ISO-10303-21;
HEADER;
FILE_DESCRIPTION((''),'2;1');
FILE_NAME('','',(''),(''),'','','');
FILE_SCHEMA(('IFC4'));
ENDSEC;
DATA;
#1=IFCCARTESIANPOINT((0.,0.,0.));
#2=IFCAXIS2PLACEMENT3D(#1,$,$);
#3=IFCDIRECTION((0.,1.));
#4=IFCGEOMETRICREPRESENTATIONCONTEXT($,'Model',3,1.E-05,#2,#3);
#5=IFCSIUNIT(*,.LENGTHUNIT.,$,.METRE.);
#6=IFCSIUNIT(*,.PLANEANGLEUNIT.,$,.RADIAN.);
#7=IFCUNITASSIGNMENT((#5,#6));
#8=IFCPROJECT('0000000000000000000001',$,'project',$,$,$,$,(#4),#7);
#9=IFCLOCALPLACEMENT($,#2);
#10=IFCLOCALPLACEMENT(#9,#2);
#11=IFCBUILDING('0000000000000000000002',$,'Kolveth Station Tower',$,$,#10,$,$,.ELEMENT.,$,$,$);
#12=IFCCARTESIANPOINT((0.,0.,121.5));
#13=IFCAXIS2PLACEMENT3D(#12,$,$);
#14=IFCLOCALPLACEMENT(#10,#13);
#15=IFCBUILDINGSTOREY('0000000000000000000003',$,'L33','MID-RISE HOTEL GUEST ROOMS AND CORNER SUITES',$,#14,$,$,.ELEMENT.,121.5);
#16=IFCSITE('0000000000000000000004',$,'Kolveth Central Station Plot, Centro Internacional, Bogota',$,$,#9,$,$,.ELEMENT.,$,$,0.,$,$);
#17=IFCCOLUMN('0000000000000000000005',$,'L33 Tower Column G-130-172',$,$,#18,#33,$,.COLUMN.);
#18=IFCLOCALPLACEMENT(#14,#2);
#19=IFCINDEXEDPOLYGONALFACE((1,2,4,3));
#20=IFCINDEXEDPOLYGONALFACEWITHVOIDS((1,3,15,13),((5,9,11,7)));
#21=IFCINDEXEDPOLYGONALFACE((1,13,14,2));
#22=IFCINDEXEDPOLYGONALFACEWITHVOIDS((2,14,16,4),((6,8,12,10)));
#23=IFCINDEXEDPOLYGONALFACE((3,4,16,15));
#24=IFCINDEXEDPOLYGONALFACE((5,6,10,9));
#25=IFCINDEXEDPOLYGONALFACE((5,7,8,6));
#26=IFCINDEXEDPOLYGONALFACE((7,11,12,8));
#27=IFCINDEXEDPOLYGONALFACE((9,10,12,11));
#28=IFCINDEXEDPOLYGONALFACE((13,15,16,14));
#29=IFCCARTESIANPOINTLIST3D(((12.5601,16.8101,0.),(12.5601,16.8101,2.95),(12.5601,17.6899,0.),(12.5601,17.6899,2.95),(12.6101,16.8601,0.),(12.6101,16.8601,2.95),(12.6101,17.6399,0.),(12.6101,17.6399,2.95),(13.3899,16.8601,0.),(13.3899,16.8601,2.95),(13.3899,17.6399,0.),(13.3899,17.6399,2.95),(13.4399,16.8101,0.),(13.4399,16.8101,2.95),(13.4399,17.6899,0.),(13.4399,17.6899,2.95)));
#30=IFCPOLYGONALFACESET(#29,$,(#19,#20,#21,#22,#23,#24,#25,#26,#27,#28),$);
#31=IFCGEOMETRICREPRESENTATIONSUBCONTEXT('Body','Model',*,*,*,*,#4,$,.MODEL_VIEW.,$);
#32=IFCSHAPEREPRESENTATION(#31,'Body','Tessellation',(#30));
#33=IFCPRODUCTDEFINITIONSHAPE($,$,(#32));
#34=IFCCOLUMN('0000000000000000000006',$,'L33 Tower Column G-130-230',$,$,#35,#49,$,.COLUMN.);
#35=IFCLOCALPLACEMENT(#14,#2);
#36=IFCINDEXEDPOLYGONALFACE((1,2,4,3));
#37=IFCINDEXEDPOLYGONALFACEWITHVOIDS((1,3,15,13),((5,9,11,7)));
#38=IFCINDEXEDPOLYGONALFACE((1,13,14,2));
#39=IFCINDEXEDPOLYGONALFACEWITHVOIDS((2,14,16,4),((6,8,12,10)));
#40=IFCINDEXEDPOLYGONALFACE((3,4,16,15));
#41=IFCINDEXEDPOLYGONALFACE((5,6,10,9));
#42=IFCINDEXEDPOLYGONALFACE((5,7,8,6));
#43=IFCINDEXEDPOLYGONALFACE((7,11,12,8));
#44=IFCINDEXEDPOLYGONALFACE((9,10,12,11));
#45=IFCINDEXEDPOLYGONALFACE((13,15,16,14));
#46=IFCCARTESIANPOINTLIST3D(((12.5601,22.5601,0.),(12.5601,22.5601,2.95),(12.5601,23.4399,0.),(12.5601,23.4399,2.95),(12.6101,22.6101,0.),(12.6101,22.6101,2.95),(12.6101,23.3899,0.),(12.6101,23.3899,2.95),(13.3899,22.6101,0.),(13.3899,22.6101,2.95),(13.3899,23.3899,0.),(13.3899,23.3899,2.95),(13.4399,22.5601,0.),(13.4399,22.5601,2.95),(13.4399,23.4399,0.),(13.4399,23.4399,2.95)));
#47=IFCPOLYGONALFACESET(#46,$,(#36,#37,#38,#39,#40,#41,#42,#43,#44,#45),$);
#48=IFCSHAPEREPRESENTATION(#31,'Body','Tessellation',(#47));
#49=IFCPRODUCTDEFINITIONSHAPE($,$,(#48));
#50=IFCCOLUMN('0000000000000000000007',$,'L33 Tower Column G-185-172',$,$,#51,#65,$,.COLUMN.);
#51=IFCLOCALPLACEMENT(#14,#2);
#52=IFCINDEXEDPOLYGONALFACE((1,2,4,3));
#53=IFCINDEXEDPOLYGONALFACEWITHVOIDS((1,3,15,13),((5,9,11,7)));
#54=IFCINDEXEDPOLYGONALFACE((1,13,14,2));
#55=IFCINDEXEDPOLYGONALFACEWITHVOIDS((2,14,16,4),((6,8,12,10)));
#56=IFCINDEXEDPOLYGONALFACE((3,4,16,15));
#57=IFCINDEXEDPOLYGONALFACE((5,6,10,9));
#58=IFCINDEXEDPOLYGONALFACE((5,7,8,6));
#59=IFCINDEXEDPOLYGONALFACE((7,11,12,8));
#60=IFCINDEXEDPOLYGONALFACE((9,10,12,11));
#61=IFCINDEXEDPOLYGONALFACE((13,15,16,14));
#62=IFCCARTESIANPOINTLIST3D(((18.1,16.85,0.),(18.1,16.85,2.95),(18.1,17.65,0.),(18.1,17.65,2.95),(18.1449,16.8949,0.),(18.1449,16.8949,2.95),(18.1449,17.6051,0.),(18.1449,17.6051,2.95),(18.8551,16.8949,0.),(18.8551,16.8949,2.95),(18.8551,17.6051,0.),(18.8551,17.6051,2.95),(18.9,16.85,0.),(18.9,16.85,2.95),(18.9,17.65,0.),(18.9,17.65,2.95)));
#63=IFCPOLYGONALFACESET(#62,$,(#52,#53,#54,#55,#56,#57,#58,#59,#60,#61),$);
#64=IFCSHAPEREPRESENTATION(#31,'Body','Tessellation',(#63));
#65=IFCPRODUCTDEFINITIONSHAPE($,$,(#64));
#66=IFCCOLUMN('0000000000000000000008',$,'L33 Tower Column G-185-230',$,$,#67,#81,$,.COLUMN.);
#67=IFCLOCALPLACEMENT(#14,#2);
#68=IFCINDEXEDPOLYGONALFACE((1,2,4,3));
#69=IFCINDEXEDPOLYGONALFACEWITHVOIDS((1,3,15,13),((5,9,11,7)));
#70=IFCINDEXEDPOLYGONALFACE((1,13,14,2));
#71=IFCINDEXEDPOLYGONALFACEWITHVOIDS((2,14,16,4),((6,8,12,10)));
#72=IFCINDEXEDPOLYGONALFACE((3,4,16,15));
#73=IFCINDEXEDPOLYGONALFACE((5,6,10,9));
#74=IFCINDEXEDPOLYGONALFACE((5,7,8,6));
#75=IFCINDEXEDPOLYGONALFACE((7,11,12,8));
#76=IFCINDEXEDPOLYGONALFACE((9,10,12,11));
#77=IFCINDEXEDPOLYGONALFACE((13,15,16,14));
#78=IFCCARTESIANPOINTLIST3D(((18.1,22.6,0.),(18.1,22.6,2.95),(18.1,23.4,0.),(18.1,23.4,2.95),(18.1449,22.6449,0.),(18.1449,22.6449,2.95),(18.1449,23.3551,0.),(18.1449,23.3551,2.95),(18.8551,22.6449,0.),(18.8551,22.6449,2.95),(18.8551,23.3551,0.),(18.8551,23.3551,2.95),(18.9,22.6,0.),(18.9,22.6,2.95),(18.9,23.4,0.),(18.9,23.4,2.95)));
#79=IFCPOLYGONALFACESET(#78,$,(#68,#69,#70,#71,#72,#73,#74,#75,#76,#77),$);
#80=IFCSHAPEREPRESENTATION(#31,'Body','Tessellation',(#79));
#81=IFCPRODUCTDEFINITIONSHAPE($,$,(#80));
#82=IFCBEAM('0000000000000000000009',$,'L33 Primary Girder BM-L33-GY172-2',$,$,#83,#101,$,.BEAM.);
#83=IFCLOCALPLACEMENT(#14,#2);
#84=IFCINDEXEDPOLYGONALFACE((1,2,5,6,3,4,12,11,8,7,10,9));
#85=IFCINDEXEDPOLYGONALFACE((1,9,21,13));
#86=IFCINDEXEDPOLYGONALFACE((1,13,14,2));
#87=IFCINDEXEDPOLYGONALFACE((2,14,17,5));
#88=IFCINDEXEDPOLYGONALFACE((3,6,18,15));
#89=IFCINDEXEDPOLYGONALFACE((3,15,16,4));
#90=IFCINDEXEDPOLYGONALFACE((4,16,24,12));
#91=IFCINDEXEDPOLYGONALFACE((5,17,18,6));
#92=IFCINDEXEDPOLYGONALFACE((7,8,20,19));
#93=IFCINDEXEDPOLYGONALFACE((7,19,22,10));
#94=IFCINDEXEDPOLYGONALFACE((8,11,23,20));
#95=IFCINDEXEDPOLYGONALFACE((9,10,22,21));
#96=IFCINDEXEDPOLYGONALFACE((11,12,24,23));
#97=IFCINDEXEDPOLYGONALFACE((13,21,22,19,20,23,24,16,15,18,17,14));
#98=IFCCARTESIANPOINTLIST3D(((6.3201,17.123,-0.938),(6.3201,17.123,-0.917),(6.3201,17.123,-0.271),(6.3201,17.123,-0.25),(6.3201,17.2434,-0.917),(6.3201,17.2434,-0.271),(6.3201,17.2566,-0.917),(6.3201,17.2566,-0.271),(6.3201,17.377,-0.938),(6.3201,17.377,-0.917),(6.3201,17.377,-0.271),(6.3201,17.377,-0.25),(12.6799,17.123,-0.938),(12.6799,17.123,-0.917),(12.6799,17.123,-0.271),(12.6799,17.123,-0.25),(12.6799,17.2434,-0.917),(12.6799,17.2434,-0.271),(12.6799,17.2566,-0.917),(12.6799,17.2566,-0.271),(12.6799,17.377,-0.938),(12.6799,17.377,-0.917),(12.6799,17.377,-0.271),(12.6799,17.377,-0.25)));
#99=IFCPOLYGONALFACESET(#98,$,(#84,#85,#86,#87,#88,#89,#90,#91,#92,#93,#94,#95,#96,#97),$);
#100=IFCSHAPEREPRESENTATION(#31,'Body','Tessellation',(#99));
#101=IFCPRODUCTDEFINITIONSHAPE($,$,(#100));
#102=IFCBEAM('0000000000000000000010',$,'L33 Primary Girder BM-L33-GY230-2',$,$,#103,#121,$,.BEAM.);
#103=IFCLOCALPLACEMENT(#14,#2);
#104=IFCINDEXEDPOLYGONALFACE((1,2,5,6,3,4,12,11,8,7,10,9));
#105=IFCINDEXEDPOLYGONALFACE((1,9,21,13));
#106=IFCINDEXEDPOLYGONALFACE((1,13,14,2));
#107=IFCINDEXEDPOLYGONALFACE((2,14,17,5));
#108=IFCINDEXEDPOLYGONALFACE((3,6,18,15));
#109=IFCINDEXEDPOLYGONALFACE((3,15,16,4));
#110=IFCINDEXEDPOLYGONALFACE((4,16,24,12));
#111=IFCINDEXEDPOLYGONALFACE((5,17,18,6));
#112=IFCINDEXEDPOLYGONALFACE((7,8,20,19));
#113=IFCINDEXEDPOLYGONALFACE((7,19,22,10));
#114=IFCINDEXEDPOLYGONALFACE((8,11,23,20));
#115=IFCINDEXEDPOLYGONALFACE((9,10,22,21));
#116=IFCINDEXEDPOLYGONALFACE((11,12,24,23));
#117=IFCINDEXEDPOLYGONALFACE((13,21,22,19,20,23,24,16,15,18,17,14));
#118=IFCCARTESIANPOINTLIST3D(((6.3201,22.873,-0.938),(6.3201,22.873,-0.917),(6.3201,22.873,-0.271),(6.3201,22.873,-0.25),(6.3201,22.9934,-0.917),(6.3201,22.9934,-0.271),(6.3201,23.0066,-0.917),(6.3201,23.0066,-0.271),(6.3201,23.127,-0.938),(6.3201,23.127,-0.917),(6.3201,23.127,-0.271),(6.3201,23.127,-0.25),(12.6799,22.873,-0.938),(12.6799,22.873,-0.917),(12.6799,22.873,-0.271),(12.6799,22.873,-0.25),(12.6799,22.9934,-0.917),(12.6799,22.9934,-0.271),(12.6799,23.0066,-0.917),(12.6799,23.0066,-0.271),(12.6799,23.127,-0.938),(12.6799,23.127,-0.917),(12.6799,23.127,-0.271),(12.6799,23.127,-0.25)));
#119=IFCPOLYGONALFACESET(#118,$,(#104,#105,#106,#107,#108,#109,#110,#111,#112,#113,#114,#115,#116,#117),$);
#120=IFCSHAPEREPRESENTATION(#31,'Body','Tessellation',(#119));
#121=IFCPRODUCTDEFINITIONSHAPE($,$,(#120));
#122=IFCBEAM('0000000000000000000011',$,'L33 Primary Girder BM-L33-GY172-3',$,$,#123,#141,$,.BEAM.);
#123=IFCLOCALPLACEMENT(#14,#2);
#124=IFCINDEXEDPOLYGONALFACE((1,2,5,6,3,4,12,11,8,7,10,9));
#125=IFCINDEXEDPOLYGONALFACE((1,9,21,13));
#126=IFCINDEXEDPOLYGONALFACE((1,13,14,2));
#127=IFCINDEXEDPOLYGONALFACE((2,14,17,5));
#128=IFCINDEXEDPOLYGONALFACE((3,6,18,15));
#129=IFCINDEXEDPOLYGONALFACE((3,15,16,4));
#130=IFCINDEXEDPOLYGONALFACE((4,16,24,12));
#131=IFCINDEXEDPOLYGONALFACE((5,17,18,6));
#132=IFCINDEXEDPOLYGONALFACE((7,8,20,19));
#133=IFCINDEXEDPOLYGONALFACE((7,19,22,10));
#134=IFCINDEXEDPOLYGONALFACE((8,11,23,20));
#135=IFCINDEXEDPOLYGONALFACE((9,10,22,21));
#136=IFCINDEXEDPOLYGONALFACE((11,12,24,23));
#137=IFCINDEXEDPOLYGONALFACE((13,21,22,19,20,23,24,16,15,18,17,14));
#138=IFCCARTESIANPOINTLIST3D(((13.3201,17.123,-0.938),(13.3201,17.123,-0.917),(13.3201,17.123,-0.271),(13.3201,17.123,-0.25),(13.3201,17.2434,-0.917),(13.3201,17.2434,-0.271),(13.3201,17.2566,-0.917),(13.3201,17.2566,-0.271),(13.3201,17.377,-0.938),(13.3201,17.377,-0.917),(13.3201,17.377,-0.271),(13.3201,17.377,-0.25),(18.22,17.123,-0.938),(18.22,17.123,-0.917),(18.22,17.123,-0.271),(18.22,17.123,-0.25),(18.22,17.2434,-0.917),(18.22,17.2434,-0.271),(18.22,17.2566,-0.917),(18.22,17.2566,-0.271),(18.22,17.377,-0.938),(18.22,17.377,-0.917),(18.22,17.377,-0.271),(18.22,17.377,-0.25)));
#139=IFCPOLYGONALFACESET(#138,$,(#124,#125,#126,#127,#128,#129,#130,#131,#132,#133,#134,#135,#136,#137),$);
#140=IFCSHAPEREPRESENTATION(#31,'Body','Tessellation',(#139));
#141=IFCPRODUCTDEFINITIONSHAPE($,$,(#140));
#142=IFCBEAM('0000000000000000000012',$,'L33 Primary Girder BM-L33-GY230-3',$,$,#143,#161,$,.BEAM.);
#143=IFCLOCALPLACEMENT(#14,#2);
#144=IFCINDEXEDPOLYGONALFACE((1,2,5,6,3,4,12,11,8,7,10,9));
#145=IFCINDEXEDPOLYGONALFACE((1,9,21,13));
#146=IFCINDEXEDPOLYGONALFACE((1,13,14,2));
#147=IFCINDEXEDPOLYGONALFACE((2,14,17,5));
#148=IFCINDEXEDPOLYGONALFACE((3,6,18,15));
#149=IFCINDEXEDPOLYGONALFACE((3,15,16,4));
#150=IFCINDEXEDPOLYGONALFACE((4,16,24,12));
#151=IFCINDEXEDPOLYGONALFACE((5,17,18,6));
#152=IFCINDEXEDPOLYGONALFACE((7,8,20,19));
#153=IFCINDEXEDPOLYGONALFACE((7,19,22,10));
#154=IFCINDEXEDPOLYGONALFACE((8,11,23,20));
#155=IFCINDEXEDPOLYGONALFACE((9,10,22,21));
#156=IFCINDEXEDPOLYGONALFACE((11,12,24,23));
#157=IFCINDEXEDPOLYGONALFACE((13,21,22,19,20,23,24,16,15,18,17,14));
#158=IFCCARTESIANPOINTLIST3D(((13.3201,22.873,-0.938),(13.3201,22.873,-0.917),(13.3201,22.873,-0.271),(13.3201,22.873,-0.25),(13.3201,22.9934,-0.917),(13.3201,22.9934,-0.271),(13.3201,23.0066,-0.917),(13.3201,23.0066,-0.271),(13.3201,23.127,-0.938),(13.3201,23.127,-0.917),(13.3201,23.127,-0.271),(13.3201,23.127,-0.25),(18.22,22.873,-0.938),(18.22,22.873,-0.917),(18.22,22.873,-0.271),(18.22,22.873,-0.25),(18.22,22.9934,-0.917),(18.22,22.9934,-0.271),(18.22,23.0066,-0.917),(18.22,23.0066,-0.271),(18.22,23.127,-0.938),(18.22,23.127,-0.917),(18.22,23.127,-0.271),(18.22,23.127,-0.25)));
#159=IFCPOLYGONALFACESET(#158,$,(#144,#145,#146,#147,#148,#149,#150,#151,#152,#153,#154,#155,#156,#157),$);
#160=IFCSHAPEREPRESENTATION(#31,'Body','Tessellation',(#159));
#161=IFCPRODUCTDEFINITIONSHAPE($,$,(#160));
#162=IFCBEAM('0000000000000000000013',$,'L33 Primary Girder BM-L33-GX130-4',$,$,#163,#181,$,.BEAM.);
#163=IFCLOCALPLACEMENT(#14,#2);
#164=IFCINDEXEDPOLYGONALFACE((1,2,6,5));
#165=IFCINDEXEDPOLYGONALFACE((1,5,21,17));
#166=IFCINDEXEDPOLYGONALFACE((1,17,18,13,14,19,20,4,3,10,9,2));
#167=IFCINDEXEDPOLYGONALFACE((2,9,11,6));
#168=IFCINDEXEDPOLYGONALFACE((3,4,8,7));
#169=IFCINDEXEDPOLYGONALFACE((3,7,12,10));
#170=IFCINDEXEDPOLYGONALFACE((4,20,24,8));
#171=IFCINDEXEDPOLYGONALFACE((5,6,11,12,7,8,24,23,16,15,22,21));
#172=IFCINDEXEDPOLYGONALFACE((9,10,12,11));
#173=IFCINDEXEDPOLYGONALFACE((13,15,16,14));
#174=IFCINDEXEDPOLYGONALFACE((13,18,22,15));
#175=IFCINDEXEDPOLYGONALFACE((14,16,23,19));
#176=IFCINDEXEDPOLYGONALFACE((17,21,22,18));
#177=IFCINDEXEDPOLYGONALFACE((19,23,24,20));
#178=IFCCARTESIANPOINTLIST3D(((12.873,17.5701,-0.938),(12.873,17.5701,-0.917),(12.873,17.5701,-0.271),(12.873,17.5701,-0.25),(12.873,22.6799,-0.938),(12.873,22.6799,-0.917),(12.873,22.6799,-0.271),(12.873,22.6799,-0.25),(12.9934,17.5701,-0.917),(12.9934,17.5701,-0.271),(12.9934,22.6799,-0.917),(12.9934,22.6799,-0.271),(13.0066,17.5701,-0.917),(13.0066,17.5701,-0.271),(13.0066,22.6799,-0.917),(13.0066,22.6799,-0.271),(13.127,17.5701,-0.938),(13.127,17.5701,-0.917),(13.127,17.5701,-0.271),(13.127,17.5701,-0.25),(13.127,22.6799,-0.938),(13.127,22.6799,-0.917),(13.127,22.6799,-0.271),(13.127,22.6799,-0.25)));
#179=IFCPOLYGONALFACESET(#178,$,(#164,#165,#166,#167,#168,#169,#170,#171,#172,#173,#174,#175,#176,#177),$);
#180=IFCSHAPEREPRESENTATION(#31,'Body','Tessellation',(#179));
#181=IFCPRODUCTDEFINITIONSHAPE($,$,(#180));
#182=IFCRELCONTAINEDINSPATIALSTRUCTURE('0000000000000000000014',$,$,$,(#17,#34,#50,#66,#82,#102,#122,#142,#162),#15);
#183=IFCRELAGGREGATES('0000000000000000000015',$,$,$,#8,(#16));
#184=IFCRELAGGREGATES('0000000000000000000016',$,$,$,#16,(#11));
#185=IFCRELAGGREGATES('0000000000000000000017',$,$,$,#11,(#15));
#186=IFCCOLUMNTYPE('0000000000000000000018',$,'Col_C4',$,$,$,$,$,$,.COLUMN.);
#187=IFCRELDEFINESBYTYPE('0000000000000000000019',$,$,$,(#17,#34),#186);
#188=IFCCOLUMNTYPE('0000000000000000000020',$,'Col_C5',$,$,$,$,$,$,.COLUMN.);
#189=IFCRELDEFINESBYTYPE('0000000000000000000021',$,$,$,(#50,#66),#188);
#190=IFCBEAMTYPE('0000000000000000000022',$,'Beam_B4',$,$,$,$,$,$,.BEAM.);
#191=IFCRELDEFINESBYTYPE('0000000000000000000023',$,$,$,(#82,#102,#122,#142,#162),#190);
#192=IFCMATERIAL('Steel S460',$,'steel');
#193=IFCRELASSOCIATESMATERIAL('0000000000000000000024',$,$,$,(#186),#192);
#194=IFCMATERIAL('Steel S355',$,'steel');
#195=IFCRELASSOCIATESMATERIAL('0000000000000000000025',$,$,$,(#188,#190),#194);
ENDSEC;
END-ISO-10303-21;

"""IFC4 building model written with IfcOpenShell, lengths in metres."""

from ifc_helpers import new_model, si_unit, direction, frame, origin, origin_2d, place, context, subcontext, project, spatial, hollow_rectangle, i_section, extrude, source, transform, mapped, material, material_profile, profile_set, type_object, element, save


model = new_model("IFC4")

# Units and contexts
model_context = context("Model", 3, precision=1e-05, world=origin(), true_north=direction((0.0, 1.0)))
body_context = subcontext(model_context, "Body", "Model", "MODEL_VIEW")
ifc_project = project(units=[si_unit("LENGTHUNIT", "METRE"), si_unit("PLANEANGLEUNIT", "RADIAN")], contexts=[model_context])

# Site, building, storey
site_placement = place(None, origin())
site = spatial("IfcSite", under=ifc_project, at=site_placement, Name="Kolveth Central Station Plot, Centro Internacional, Bogota", CompositionType="ELEMENT", RefElevation=0.0)
building_placement = place(site_placement, origin())
building = spatial("IfcBuilding", under=site, at=building_placement, Name="Kolveth Station Tower", CompositionType="ELEMENT")
storey_placement = place(building_placement, frame((0.0, 0.0, 121.5)))
storey = spatial("IfcBuildingStorey", under=building, at=storey_placement, Name="L33", Description="MID-RISE HOTEL GUEST ROOMS AND CORNER SUITES", CompositionType="ELEMENT", Elevation=121.5)

# Columns
ifc_material_1 = material(Name="Steel S460", Category="steel")
ifc_material_profile_1 = material_profile(ifc_material_1, hollow_rectangle(XDim=0.8799, YDim=0.8799, WallThickness=0.05, at=origin_2d()), Name="BOX880x880x50")
ifc_profile_set_1 = profile_set([ifc_material_profile_1], Name="Steel S460")
column_type_1 = type_object("IfcColumnType", Name="Col_C4", PredefinedType="COLUMN", material=ifc_profile_set_1)
shared_shape_1 = source(origin(), body_context, "Body", "SweptSolid", [
    extrude(hollow_rectangle(XDim=0.8799, YDim=0.8799, WallThickness=0.05, at=origin_2d()), origin(), (0.0, 0.0, 1.0), 2.95),
])
for number, where, z_axis, x_axis, name in (
    (1, (13.0, 17.25, 0.0), (0.0, 0.0, 1.0), (1.0, 0.0, 0.0), "L33 Tower Column G-130-172"),
    (2, (13.0, 23.0, 0.0), (0.0, 0.0, 1.0), (1.0, 0.0, 0.0), "L33 Tower Column G-130-230"),
):
    element("IfcColumn", number, at=place(storey_placement, frame(where, z_axis=z_axis, x_axis=x_axis)), inside=storey, type_object=column_type_1, Name=name, PredefinedType="COLUMN", context=body_context, shape_type="MappedRepresentation", body=[
        mapped(shared_shape_1, transform((0.0, 0.0, 0.0), x_axis=(1.0, 0.0, 0.0), y_axis=(0.0, 1.0, 0.0), z_axis=(0.0, 0.0, 1.0), scale=1.0)),
    ])
ifc_material_2 = material(Name="Steel S355", Category="steel")
ifc_material_profile_2 = material_profile(ifc_material_2, hollow_rectangle(XDim=0.8, YDim=0.8, WallThickness=0.0449, at=origin_2d()), Name="BOX800x800x45")
ifc_profile_set_2 = profile_set([ifc_material_profile_2], Name="Steel S355")
column_type_2 = type_object("IfcColumnType", Name="Col_C5", PredefinedType="COLUMN", material=ifc_profile_set_2)
shared_shape_2 = source(origin(), body_context, "Body", "SweptSolid", [
    extrude(hollow_rectangle(XDim=0.8, YDim=0.8, WallThickness=0.0449, at=origin_2d()), origin(), (0.0, 0.0, 1.0), 2.95),
])
for number, where, z_axis, x_axis, name in (
    (3, (18.5, 17.25, 0.0), (0.0, 0.0, 1.0), (1.0, 0.0, 0.0), "L33 Tower Column G-185-172"),
    (4, (18.5, 23.0, 0.0), (0.0, 0.0, 1.0), (1.0, 0.0, 0.0), "L33 Tower Column G-185-230"),
):
    element("IfcColumn", number, at=place(storey_placement, frame(where, z_axis=z_axis, x_axis=x_axis)), inside=storey, type_object=column_type_2, Name=name, PredefinedType="COLUMN", context=body_context, shape_type="MappedRepresentation", body=[
        mapped(shared_shape_2, transform((0.0, 0.0, 0.0), x_axis=(1.0, 0.0, 0.0), y_axis=(0.0, 1.0, 0.0), z_axis=(0.0, 0.0, 1.0), scale=1.0)),
    ])

# Beams
ifc_material_profile_3 = material_profile(ifc_material_2, i_section(OverallWidth=0.2539, OverallDepth=0.688, WebThickness=0.0132, FlangeThickness=0.021, at=origin_2d()), Name="W690x152")
ifc_profile_set_3 = profile_set([ifc_material_profile_3], Name="Steel S355")
beam_type_1 = type_object("IfcBeamType", Name="Beam_B4", PredefinedType="BEAM", material=ifc_profile_set_3)
shared_shape_3 = source(origin(), body_context, "Body", "SweptSolid", [
    extrude(i_section(OverallWidth=0.2539, OverallDepth=0.688, WebThickness=0.0132, FlangeThickness=0.021, at=origin_2d()), origin(), (0.0, 0.0, 1.0), 6.3599),
])
for number, where, z_axis, x_axis, name in (
    (5, (6.3201, 17.25, -0.594), (1.0, 0.0, 0.0), (0.0, 1.0, 0.0), "L33 Primary Girder BM-L33-GY172-2"),
    (6, (6.3201, 23.0, -0.594), (1.0, 0.0, 0.0), (0.0, 1.0, 0.0), "L33 Primary Girder BM-L33-GY230-2"),
):
    element("IfcBeam", number, at=place(storey_placement, frame(where, z_axis=z_axis, x_axis=x_axis)), inside=storey, type_object=beam_type_1, Name=name, PredefinedType="BEAM", context=body_context, shape_type="MappedRepresentation", body=[
        mapped(shared_shape_3, transform((0.0, 0.0, 0.0), x_axis=(1.0, 0.0, 0.0), y_axis=(0.0, 1.0, 0.0), z_axis=(0.0, 0.0, 1.0), scale=1.0)),
    ])
shared_shape_4 = source(origin(), body_context, "Body", "SweptSolid", [
    extrude(i_section(OverallWidth=0.2539, OverallDepth=0.688, WebThickness=0.0132, FlangeThickness=0.021, at=origin_2d()), origin(), (0.0, 0.0, 1.0), 4.8999),
])
for number, where, z_axis, x_axis, name in (
    (7, (13.3201, 17.25, -0.594), (1.0, 0.0, 0.0), (0.0, 1.0, 0.0), "L33 Primary Girder BM-L33-GY172-3"),
    (8, (13.3201, 23.0, -0.594), (1.0, 0.0, 0.0), (0.0, 1.0, 0.0), "L33 Primary Girder BM-L33-GY230-3"),
):
    element("IfcBeam", number, at=place(storey_placement, frame(where, z_axis=z_axis, x_axis=x_axis)), inside=storey, type_object=beam_type_1, Name=name, PredefinedType="BEAM", context=body_context, shape_type="MappedRepresentation", body=[
        mapped(shared_shape_4, transform((0.0, 0.0, 0.0), x_axis=(1.0, 0.0, 0.0), y_axis=(0.0, 1.0, 0.0), z_axis=(0.0, 0.0, 1.0), scale=1.0)),
    ])
shared_shape_5 = source(origin(), body_context, "Body", "SweptSolid", [
    extrude(i_section(OverallWidth=0.2539, OverallDepth=0.688, WebThickness=0.0132, FlangeThickness=0.021, at=origin_2d()), origin(), (0.0, 0.0, 1.0), 5.1099),
])
for number, where, z_axis, x_axis, name in (
    (9, (13.0, 17.5701, -0.594), (0.0, 1.0, 0.0), (-1.0, 0.0, 0.0), "L33 Primary Girder BM-L33-GX130-4"),
):
    element("IfcBeam", number, at=place(storey_placement, frame(where, z_axis=z_axis, x_axis=x_axis)), inside=storey, type_object=beam_type_1, Name=name, PredefinedType="BEAM", context=body_context, shape_type="MappedRepresentation", body=[
        mapped(shared_shape_5, transform((0.0, 0.0, 0.0), x_axis=(1.0, 0.0, 0.0), y_axis=(0.0, 1.0, 0.0), z_axis=(0.0, 0.0, 1.0), scale=1.0)),
    ])

save(model, "model.ifc")
